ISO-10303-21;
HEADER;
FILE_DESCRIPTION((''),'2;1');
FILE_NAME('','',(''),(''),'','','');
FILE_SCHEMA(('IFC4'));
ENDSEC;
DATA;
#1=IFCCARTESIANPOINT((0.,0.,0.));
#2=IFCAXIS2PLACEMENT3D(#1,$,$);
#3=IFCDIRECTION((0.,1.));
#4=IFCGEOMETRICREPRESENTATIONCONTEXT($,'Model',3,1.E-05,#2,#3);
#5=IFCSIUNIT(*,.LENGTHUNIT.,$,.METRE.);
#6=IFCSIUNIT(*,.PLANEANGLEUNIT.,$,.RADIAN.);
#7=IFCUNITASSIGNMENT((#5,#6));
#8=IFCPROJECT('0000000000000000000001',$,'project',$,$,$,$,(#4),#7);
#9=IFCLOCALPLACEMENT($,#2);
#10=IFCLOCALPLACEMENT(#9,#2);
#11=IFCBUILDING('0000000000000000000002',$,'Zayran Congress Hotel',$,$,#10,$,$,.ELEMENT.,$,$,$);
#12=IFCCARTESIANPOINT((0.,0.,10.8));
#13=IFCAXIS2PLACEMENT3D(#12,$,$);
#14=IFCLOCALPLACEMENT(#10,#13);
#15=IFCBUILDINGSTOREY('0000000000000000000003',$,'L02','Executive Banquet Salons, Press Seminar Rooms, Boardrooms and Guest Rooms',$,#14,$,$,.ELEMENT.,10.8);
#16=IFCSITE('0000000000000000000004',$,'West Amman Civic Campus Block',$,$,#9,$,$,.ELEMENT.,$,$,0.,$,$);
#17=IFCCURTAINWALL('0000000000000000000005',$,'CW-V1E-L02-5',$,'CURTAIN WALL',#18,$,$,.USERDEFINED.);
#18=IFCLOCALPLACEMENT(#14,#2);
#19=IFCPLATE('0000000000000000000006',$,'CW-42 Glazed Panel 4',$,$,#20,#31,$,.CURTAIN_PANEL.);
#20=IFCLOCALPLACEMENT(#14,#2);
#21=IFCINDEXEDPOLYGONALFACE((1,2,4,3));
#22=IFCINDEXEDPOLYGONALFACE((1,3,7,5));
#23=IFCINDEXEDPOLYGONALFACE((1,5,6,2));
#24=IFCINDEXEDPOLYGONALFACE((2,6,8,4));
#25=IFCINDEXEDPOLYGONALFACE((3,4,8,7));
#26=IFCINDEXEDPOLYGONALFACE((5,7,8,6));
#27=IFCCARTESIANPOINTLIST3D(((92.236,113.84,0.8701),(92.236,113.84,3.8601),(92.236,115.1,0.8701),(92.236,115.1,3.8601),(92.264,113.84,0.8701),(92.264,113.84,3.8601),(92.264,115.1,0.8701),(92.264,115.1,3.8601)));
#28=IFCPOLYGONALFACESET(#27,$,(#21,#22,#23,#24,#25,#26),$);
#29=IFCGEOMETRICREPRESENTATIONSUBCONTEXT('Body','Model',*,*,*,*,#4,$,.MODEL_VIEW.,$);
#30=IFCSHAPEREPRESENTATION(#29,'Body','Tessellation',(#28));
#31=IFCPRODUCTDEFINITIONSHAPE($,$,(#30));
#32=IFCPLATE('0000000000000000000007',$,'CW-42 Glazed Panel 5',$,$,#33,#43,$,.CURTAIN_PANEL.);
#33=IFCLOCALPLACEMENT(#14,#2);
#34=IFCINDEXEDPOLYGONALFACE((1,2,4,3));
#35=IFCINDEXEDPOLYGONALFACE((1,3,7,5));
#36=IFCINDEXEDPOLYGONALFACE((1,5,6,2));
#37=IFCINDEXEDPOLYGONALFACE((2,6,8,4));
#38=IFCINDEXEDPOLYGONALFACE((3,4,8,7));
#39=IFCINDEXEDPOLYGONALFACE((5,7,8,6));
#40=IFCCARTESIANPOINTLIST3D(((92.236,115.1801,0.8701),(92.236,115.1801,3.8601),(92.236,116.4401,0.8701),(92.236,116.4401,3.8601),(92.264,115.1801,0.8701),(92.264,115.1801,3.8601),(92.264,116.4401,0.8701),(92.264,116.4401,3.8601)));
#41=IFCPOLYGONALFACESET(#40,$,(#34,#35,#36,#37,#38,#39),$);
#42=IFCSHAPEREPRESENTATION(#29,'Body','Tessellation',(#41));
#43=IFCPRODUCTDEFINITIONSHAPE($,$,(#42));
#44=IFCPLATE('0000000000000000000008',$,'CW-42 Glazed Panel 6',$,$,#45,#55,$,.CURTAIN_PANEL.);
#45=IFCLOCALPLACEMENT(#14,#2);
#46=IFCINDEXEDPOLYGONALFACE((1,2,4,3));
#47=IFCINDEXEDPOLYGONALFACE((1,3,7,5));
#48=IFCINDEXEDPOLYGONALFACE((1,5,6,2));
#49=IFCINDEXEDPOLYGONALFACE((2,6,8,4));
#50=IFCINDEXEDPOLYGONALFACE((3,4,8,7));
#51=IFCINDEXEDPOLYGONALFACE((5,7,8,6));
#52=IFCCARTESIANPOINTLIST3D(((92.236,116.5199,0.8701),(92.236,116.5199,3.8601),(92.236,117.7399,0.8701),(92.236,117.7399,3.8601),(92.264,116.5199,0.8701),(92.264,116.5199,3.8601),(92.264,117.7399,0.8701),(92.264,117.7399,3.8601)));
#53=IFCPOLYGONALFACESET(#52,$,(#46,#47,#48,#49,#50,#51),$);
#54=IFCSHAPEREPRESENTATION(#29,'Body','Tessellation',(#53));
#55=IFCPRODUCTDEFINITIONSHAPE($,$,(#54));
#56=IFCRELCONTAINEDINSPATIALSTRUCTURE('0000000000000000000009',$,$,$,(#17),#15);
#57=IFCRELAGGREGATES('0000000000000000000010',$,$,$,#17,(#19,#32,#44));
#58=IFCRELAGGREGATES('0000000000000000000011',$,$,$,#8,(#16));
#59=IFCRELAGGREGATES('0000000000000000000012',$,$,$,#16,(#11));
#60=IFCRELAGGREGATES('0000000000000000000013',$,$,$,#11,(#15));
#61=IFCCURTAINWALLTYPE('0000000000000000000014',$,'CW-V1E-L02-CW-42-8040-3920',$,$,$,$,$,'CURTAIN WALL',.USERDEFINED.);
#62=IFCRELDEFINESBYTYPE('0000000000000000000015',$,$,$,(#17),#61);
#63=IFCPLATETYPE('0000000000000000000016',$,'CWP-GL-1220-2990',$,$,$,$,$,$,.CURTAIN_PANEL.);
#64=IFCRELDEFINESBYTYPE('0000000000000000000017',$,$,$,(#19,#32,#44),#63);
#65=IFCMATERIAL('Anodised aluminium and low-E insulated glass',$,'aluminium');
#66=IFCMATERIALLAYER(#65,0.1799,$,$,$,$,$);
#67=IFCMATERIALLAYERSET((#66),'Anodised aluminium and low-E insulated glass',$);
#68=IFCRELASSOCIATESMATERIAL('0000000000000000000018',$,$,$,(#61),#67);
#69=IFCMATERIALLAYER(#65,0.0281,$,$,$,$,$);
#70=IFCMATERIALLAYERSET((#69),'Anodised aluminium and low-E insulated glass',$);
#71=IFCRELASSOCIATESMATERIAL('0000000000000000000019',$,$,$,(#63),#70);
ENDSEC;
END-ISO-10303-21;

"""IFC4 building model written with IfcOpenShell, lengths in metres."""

from ifc_helpers import new_model, si_unit, direction, frame, origin, origin_2d, place, context, subcontext, project, spatial, rectangle, extrude, material, layer, layer_set, type_object, element, aggregate, save


model = new_model("IFC4")

# Units and contexts
model_context = context("Model", 3, precision=1e-05, world=origin(), true_north=direction((0.0, 1.0)))
body_context = subcontext(model_context, "Body", "Model", "MODEL_VIEW")
ifc_project = project(units=[si_unit("LENGTHUNIT", "METRE"), si_unit("PLANEANGLEUNIT", "RADIAN")], contexts=[model_context])

# Site, building, storey
site_placement = place(None, origin())
site = spatial("IfcSite", under=ifc_project, at=site_placement, Name="West Amman Civic Campus Block", CompositionType="ELEMENT", RefElevation=0.0)
building_placement = place(site_placement, origin())
building = spatial("IfcBuilding", under=site, at=building_placement, Name="Zayran Congress Hotel", CompositionType="ELEMENT")
storey_placement = place(building_placement, frame((0.0, 0.0, 10.8)))
storey = spatial("IfcBuildingStorey", under=building, at=storey_placement, Name="L02", Description="Executive Banquet Salons, Press Seminar Rooms, Boardrooms and Guest Rooms", CompositionType="ELEMENT", Elevation=10.8)

# Shared definitions
ifc_material_1 = material(Name="Anodised aluminium and low-E insulated glass", Category="aluminium")

# Curtain wall
ifc_layer_1 = layer(ifc_material_1, 0.1799)
ifc_layer_set_1 = layer_set([ifc_layer_1], Name="Anodised aluminium and low-E insulated glass")
curtain_wall_type_1 = type_object("IfcCurtainWallType", Name="CW-V1E-L02-CW-42-8040-3920", ElementType="CURTAIN WALL", PredefinedType="USERDEFINED", material=ifc_layer_set_1)
curtain_wall_1_placement = place(storey_placement, origin())
curtain_wall_1 = element("IfcCurtainWall", 1, at=curtain_wall_1_placement, inside=storey, type_object=curtain_wall_type_1, Name="CW-V1E-L02-5", ObjectType="CURTAIN WALL", PredefinedType="USERDEFINED")

# Plates
ifc_layer_2 = layer(ifc_material_1, 0.0281)
ifc_layer_set_2 = layer_set([ifc_layer_2], Name="Anodised aluminium and low-E insulated glass")
plate_type_1 = type_object("IfcPlateType", Name="CWP-GL-1220-2990", PredefinedType="CURTAIN_PANEL", material=ifc_layer_set_2)
plate_1_placement = place(storey_placement, frame((92.25, 114.47, 0.8701), z_axis=(0.0, 0.0, 1.0), x_axis=(0.0, 1.0, 0.0)))
plate_1 = element("IfcPlate", 2, at=plate_1_placement, type_object=plate_type_1, Name="CW-42 Glazed Panel 4", PredefinedType="CURTAIN_PANEL", context=body_context, shape_type="SweptSolid", body=[
    extrude(rectangle(XDim=1.26, YDim=0.0281, at=origin_2d()), origin(), (0.0, 0.0, 1.0), 2.99),
])
plate_2_placement = place(storey_placement, frame((92.25, 115.8101, 0.8701), z_axis=(0.0, 0.0, 1.0), x_axis=(0.0, 1.0, 0.0)))
plate_2 = element("IfcPlate", 3, at=plate_2_placement, type_object=plate_type_1, Name="CW-42 Glazed Panel 5", PredefinedType="CURTAIN_PANEL", context=body_context, shape_type="SweptSolid", body=[
    extrude(rectangle(XDim=1.26, YDim=0.0281, at=origin_2d()), origin(), (0.0, 0.0, 1.0), 2.99),
])
plate_3_placement = place(storey_placement, frame((92.25, 117.1299, 0.8701), z_axis=(0.0, 0.0, 1.0), x_axis=(0.0, 1.0, 0.0)))
plate_3 = element("IfcPlate", 4, at=plate_3_placement, type_object=plate_type_1, Name="CW-42 Glazed Panel 6", PredefinedType="CURTAIN_PANEL", context=body_context, shape_type="SweptSolid", body=[
    extrude(rectangle(XDim=1.22, YDim=0.0281, at=origin_2d()), origin(), (0.0, 0.0, 1.0), 2.99),
])
aggregate(curtain_wall_1, [plate_1, plate_2, plate_3])

save(model, "model.ifc")
